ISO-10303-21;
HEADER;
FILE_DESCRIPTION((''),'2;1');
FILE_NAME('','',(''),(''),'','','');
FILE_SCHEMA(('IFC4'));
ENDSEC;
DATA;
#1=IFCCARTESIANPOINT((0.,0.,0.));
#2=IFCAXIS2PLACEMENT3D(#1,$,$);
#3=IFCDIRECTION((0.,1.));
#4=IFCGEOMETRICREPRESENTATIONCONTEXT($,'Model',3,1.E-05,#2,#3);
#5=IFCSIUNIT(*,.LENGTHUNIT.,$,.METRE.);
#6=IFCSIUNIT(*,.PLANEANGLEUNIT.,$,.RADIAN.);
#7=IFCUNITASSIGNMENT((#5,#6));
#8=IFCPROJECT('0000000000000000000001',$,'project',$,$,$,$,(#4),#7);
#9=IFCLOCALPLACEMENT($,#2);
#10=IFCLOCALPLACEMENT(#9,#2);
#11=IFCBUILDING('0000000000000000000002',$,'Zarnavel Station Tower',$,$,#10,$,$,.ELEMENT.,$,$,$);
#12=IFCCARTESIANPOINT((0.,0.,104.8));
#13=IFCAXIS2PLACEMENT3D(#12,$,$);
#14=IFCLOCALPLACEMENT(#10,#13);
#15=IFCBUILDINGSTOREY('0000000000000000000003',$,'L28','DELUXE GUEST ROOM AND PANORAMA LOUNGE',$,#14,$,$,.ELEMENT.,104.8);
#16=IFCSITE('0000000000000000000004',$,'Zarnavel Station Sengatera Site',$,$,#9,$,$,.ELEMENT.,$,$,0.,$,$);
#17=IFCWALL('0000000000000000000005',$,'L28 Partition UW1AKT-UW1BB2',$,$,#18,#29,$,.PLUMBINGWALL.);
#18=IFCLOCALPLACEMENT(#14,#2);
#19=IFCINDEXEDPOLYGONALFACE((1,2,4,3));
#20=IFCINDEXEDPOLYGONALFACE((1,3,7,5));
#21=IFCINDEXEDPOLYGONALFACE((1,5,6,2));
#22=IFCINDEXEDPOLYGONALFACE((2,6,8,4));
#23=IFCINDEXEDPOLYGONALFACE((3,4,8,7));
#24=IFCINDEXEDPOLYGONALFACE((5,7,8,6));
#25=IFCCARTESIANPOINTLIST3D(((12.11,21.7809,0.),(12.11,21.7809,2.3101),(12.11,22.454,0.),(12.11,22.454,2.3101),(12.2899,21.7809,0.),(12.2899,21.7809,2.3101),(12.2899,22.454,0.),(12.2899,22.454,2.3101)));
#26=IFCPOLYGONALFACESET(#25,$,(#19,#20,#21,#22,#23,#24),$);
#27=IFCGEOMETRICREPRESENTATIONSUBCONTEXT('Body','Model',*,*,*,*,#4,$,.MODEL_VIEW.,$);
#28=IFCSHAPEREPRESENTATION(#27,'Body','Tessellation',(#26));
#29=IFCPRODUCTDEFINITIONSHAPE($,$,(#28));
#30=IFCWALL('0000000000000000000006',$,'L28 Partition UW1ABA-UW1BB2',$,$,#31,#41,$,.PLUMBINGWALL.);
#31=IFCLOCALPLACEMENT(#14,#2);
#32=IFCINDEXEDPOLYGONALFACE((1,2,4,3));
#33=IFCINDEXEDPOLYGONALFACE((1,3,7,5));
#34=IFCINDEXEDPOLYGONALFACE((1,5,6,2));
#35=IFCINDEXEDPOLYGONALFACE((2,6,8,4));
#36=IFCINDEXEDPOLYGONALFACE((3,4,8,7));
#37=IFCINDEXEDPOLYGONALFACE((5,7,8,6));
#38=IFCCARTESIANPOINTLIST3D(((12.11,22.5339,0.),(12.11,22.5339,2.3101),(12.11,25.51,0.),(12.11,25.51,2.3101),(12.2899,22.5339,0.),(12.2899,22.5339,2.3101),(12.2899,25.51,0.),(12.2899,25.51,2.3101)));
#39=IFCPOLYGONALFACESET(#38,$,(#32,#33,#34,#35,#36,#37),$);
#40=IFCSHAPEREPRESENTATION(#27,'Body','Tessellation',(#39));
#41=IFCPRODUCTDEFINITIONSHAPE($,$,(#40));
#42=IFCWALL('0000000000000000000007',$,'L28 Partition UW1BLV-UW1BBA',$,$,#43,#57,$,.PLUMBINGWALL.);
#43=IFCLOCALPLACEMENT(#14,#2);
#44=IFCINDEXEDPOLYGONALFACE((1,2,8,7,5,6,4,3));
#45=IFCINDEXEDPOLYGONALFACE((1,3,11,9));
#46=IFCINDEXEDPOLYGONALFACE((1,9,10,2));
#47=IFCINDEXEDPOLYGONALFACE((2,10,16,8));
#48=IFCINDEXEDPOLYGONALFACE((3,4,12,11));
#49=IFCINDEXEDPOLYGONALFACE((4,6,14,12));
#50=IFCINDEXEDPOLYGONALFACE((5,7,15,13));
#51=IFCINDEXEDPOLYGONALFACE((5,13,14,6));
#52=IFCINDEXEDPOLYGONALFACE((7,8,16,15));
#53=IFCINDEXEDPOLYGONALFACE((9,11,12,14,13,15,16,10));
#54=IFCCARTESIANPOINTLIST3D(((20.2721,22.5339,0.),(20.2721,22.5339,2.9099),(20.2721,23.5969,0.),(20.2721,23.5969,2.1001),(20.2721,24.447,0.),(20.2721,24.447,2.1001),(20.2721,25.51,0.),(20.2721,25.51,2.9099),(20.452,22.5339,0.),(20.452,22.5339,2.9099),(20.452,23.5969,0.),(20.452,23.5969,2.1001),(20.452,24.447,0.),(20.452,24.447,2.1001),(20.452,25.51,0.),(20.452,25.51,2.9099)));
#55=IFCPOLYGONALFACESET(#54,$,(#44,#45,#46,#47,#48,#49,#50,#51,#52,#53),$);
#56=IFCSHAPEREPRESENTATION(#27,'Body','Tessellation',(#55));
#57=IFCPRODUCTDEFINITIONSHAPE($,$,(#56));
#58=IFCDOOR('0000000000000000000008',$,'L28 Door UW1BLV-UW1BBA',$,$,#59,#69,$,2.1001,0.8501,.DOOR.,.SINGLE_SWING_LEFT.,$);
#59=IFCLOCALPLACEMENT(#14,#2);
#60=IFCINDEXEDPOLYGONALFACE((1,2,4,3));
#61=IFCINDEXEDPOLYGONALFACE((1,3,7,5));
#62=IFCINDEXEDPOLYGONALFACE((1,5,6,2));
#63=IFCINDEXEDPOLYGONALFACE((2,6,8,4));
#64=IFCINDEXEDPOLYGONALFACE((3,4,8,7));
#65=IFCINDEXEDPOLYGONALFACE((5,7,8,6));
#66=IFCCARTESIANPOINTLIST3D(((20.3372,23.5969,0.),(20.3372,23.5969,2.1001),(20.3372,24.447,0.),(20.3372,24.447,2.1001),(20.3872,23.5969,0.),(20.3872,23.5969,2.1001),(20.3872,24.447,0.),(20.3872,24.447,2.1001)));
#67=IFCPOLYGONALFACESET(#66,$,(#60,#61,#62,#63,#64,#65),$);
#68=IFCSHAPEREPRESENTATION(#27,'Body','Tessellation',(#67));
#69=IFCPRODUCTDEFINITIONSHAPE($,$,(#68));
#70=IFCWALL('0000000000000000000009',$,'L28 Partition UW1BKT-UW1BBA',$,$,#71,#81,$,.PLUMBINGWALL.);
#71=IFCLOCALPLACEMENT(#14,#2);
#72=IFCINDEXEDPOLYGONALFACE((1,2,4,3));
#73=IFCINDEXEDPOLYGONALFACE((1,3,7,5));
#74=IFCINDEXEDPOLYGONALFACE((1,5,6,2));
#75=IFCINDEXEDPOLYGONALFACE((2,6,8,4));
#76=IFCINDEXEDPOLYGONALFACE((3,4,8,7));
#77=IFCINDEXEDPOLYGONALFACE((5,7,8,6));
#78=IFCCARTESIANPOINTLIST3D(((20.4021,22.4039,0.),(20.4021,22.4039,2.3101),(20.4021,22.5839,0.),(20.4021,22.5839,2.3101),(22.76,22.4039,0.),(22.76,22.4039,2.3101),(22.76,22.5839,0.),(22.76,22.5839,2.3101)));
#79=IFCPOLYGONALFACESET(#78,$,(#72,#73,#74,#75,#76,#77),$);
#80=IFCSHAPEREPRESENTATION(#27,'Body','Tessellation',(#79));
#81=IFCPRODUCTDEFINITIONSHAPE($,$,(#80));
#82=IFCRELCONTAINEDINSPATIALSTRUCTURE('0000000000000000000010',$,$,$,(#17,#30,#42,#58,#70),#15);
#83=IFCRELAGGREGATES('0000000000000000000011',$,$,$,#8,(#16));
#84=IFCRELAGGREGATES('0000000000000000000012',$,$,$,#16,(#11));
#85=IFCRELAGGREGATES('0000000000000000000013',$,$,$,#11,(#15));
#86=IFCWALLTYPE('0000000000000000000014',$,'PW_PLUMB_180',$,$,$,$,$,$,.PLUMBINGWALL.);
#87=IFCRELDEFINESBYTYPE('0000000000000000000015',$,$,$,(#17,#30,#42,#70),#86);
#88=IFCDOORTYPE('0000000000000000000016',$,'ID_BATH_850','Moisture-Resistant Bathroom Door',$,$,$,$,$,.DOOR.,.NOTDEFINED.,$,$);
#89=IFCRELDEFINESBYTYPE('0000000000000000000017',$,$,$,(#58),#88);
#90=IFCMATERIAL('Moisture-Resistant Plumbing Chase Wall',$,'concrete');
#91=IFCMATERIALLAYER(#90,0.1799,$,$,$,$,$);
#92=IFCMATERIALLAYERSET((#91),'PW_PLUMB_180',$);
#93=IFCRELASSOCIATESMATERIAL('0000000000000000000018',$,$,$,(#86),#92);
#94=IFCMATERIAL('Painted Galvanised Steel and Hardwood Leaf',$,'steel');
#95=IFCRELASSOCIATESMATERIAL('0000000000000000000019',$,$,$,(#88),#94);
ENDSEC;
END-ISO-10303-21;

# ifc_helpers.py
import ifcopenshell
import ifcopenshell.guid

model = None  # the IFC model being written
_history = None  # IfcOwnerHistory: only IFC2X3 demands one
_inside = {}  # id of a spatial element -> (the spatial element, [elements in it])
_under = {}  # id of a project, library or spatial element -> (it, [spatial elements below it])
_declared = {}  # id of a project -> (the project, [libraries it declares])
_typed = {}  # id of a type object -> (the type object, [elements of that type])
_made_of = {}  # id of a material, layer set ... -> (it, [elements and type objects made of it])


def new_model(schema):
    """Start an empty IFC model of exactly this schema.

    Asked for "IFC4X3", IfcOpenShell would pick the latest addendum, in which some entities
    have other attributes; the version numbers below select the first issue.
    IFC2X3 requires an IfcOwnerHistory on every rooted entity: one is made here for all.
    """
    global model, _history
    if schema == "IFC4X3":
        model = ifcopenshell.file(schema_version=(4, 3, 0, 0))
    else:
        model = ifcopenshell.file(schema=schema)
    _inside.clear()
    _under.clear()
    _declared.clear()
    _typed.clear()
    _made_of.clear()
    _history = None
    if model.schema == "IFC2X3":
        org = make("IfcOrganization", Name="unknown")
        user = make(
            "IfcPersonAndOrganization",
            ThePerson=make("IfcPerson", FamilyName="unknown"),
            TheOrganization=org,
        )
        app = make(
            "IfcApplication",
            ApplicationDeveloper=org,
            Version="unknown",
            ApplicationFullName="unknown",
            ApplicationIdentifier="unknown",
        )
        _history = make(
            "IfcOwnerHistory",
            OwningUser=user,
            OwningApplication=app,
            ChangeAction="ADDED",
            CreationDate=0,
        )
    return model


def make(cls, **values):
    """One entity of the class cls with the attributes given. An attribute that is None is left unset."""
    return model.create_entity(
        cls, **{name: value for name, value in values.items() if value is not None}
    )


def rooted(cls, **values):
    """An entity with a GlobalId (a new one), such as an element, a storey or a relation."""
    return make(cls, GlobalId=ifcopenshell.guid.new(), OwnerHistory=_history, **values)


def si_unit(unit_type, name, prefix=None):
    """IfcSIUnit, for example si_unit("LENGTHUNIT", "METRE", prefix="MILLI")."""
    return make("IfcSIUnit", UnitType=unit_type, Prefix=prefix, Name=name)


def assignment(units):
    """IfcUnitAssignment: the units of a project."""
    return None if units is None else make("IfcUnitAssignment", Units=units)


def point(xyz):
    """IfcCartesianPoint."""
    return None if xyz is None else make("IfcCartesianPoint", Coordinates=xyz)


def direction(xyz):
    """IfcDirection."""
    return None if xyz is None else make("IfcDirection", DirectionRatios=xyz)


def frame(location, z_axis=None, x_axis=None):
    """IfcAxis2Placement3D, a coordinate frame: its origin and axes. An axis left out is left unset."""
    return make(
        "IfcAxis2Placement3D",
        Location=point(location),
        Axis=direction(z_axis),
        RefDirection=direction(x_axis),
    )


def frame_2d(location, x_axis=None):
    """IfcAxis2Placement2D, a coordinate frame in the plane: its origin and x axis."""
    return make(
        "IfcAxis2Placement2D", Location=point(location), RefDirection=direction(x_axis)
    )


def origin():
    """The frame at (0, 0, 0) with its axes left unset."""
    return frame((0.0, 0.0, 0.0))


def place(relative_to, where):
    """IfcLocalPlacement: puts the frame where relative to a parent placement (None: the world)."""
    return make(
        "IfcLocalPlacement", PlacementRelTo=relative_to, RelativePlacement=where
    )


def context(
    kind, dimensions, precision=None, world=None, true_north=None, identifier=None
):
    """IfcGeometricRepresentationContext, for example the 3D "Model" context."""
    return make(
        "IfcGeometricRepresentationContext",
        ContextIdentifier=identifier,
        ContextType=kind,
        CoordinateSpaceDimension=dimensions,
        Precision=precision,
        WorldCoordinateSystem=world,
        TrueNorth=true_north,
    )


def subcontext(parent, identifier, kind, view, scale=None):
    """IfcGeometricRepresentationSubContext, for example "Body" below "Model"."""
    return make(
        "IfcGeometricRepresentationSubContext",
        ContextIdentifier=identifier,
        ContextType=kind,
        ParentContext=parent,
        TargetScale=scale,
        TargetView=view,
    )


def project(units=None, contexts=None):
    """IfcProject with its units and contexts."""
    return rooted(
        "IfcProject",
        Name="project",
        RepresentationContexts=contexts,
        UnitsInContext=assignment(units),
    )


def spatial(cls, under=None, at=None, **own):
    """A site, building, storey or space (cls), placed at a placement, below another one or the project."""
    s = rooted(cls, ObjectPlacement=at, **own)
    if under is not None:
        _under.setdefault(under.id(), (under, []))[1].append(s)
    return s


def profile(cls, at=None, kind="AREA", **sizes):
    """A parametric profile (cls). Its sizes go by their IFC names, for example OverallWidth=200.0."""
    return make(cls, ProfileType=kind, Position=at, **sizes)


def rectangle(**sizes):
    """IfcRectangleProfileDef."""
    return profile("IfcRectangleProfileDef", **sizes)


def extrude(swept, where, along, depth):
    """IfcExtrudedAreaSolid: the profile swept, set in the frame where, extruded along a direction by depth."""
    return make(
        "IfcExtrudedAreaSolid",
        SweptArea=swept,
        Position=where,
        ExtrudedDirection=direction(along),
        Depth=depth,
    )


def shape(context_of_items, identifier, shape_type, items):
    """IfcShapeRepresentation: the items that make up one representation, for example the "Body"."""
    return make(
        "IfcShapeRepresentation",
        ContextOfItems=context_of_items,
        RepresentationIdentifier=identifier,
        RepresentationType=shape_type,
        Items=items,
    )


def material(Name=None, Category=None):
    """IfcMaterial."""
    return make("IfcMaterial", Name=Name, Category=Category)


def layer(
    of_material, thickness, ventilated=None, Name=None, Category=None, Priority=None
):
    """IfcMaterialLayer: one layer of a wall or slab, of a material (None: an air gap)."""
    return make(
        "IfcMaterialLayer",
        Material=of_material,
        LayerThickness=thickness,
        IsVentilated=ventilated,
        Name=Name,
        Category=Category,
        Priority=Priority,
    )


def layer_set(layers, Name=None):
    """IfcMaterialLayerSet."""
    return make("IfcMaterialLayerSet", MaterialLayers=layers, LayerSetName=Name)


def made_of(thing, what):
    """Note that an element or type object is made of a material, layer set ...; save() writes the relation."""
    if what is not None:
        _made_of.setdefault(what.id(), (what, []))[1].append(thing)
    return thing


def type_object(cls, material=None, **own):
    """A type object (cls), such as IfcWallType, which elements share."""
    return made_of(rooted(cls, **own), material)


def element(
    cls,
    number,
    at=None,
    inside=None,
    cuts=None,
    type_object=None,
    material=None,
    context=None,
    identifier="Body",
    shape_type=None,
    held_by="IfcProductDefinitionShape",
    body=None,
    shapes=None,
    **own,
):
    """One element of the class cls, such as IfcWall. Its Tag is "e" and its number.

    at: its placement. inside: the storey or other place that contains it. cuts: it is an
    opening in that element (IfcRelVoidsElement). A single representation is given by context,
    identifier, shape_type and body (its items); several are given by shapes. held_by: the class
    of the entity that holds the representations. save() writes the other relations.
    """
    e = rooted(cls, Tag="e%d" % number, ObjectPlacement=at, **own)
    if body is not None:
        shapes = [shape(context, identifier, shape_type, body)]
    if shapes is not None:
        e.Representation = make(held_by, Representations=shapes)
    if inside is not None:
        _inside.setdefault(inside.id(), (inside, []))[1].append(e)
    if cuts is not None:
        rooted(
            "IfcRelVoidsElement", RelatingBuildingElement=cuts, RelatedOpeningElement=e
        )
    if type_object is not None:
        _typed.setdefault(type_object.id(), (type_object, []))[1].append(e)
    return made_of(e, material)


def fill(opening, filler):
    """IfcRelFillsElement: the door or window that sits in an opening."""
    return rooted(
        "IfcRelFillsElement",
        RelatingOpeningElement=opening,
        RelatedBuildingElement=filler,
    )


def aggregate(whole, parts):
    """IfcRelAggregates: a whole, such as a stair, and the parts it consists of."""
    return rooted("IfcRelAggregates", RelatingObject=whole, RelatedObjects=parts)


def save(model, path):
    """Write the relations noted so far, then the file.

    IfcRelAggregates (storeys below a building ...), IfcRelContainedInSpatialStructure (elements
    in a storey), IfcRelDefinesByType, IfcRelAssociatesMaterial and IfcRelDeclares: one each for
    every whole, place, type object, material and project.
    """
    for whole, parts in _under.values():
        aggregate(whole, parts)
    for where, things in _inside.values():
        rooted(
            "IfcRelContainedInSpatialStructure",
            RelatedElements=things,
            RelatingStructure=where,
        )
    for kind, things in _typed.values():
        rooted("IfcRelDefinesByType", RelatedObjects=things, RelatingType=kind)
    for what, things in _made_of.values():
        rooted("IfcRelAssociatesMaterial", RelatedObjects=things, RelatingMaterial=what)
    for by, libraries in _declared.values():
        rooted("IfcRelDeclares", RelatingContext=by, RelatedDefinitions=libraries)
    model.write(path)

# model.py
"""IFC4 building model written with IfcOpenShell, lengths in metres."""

from ifc_helpers import new_model, si_unit, direction, frame, frame_2d, origin, place, context, subcontext, project, spatial, rectangle, extrude, material, layer, layer_set, type_object, element, fill, save


model = new_model("IFC4")

# Units and contexts
model_context = context("Model", 3, precision=1e-05, world=origin(), true_north=direction((0.0, 1.0)))
body_context = subcontext(model_context, "Body", "Model", "MODEL_VIEW")
ifc_project = project(units=[si_unit("LENGTHUNIT", "METRE"), si_unit("PLANEANGLEUNIT", "RADIAN")], contexts=[model_context])

# Site, building, storey
site_placement = place(None, origin())
site = spatial("IfcSite", under=ifc_project, at=site_placement, Name="Zarnavel Station Sengatera Site", CompositionType="ELEMENT", RefElevation=0.0)
building_placement = place(site_placement, origin())
building = spatial("IfcBuilding", under=site, at=building_placement, Name="Zarnavel Station Tower", CompositionType="ELEMENT")
storey_placement = place(building_placement, frame((0.0, 0.0, 104.8)))
storey = spatial("IfcBuildingStorey", under=building, at=storey_placement, Name="L28", Description="DELUXE GUEST ROOM AND PANORAMA LOUNGE", CompositionType="ELEMENT", Elevation=104.8)

# Walls
ifc_material_1 = material(Name="Moisture-Resistant Plumbing Chase Wall", Category="concrete")
ifc_layer_1 = layer(ifc_material_1, 0.1799)
ifc_layer_set_1 = layer_set([ifc_layer_1], Name="PW_PLUMB_180")
wall_type_1 = type_object("IfcWallType", Name="PW_PLUMB_180", PredefinedType="PLUMBINGWALL", material=ifc_layer_set_1)
wall_1_placement = place(storey_placement, frame((12.2, 21.781, 0.0), z_axis=(0.0, 0.0, 1.0), x_axis=(0.0, 1.0, 0.0)))
element("IfcWall", 1, at=wall_1_placement, inside=storey, type_object=wall_type_1, Name="L28 Partition UW1AKT-UW1BB2", PredefinedType="PLUMBINGWALL", context=body_context, shape_type="SweptSolid", body=[
    extrude(rectangle(XDim=0.6731, YDim=0.1799, at=frame_2d((0.3364, 0.0))), origin(), (0.0, 0.0, 1.0), 2.3101),
])
wall_2_placement = place(storey_placement, frame((12.2, 22.5339, 0.0), z_axis=(0.0, 0.0, 1.0), x_axis=(0.0, 1.0, 0.0)))
element("IfcWall", 2, at=wall_2_placement, inside=storey, type_object=wall_type_1, Name="L28 Partition UW1ABA-UW1BB2", PredefinedType="PLUMBINGWALL", context=body_context, shape_type="SweptSolid", body=[
    extrude(rectangle(XDim=2.9761, YDim=0.1799, at=frame_2d((1.488, 0.0))), origin(), (0.0, 0.0, 1.0), 2.3101),
])

# Wall, opening, door
wall_3_placement = place(storey_placement, frame((20.3621, 22.5339, 0.0), z_axis=(0.0, 0.0, 1.0), x_axis=(0.0, 1.0, 0.0)))
wall_3 = element("IfcWall", 3, at=wall_3_placement, inside=storey, type_object=wall_type_1, Name="L28 Partition UW1BLV-UW1BBA", PredefinedType="PLUMBINGWALL", context=body_context, shape_type="SweptSolid", body=[
    extrude(rectangle(XDim=2.9761, YDim=0.1799, at=frame_2d((1.488, 0.0))), origin(), (0.0, 0.0, 1.0), 2.9099),
])
opening_1_placement = place(wall_3_placement, frame((1.063, 0.0, 0.0)))
opening_1 = element("IfcOpeningElement", 4, at=opening_1_placement, cuts=wall_3, PredefinedType="OPENING", context=body_context, shape_type="SweptSolid", body=[
    extrude(rectangle(XDim=0.8501, YDim=2.1001, at=frame_2d((0.425, 1.05))), frame((0.0, 0.0999, 0.0), z_axis=(0.0, -1.0, 0.0), x_axis=(1.0, 0.0, 0.0)), (0.0, 0.0, 1.0), 0.2),
])
ifc_material_2 = material(Name="Painted Galvanised Steel and Hardwood Leaf", Category="steel")
door_type_1 = type_object("IfcDoorType", Name="ID_BATH_850", Description="Moisture-Resistant Bathroom Door", OperationType="NOTDEFINED", PredefinedType="DOOR", material=ifc_material_2)
door_1_placement = place(opening_1_placement, origin())
door_1 = element("IfcDoor", 5, at=door_1_placement, inside=storey, type_object=door_type_1, Name="L28 Door UW1BLV-UW1BBA", OperationType="SINGLE_SWING_LEFT", OverallHeight=2.1001, OverallWidth=0.8501, PredefinedType="DOOR", context=body_context, shape_type="SweptSolid", body=[
    extrude(rectangle(XDim=0.8501, YDim=2.1001, at=frame_2d((0.425, 1.05))), frame((0.0, 0.0249, 0.0), z_axis=(0.0, -1.0, 0.0), x_axis=(1.0, 0.0, 0.0)), (0.0, 0.0, 1.0), 0.05),
])
fill(opening_1, door_1)

# Wall
wall_4_placement = place(storey_placement, frame((20.4021, 22.4939, 0.0), z_axis=(0.0, 0.0, 1.0), x_axis=(1.0, 0.0, 0.0)))
element("IfcWall", 6, at=wall_4_placement, inside=storey, type_object=wall_type_1, Name="L28 Partition UW1BKT-UW1BBA", PredefinedType="PLUMBINGWALL", context=body_context, shape_type="SweptSolid", body=[
    extrude(rectangle(XDim=2.3579, YDim=0.1799, at=frame_2d((1.179, 0.0))), origin(), (0.0, 0.0, 1.0), 2.3101),
])

save(model, "model.ifc")
